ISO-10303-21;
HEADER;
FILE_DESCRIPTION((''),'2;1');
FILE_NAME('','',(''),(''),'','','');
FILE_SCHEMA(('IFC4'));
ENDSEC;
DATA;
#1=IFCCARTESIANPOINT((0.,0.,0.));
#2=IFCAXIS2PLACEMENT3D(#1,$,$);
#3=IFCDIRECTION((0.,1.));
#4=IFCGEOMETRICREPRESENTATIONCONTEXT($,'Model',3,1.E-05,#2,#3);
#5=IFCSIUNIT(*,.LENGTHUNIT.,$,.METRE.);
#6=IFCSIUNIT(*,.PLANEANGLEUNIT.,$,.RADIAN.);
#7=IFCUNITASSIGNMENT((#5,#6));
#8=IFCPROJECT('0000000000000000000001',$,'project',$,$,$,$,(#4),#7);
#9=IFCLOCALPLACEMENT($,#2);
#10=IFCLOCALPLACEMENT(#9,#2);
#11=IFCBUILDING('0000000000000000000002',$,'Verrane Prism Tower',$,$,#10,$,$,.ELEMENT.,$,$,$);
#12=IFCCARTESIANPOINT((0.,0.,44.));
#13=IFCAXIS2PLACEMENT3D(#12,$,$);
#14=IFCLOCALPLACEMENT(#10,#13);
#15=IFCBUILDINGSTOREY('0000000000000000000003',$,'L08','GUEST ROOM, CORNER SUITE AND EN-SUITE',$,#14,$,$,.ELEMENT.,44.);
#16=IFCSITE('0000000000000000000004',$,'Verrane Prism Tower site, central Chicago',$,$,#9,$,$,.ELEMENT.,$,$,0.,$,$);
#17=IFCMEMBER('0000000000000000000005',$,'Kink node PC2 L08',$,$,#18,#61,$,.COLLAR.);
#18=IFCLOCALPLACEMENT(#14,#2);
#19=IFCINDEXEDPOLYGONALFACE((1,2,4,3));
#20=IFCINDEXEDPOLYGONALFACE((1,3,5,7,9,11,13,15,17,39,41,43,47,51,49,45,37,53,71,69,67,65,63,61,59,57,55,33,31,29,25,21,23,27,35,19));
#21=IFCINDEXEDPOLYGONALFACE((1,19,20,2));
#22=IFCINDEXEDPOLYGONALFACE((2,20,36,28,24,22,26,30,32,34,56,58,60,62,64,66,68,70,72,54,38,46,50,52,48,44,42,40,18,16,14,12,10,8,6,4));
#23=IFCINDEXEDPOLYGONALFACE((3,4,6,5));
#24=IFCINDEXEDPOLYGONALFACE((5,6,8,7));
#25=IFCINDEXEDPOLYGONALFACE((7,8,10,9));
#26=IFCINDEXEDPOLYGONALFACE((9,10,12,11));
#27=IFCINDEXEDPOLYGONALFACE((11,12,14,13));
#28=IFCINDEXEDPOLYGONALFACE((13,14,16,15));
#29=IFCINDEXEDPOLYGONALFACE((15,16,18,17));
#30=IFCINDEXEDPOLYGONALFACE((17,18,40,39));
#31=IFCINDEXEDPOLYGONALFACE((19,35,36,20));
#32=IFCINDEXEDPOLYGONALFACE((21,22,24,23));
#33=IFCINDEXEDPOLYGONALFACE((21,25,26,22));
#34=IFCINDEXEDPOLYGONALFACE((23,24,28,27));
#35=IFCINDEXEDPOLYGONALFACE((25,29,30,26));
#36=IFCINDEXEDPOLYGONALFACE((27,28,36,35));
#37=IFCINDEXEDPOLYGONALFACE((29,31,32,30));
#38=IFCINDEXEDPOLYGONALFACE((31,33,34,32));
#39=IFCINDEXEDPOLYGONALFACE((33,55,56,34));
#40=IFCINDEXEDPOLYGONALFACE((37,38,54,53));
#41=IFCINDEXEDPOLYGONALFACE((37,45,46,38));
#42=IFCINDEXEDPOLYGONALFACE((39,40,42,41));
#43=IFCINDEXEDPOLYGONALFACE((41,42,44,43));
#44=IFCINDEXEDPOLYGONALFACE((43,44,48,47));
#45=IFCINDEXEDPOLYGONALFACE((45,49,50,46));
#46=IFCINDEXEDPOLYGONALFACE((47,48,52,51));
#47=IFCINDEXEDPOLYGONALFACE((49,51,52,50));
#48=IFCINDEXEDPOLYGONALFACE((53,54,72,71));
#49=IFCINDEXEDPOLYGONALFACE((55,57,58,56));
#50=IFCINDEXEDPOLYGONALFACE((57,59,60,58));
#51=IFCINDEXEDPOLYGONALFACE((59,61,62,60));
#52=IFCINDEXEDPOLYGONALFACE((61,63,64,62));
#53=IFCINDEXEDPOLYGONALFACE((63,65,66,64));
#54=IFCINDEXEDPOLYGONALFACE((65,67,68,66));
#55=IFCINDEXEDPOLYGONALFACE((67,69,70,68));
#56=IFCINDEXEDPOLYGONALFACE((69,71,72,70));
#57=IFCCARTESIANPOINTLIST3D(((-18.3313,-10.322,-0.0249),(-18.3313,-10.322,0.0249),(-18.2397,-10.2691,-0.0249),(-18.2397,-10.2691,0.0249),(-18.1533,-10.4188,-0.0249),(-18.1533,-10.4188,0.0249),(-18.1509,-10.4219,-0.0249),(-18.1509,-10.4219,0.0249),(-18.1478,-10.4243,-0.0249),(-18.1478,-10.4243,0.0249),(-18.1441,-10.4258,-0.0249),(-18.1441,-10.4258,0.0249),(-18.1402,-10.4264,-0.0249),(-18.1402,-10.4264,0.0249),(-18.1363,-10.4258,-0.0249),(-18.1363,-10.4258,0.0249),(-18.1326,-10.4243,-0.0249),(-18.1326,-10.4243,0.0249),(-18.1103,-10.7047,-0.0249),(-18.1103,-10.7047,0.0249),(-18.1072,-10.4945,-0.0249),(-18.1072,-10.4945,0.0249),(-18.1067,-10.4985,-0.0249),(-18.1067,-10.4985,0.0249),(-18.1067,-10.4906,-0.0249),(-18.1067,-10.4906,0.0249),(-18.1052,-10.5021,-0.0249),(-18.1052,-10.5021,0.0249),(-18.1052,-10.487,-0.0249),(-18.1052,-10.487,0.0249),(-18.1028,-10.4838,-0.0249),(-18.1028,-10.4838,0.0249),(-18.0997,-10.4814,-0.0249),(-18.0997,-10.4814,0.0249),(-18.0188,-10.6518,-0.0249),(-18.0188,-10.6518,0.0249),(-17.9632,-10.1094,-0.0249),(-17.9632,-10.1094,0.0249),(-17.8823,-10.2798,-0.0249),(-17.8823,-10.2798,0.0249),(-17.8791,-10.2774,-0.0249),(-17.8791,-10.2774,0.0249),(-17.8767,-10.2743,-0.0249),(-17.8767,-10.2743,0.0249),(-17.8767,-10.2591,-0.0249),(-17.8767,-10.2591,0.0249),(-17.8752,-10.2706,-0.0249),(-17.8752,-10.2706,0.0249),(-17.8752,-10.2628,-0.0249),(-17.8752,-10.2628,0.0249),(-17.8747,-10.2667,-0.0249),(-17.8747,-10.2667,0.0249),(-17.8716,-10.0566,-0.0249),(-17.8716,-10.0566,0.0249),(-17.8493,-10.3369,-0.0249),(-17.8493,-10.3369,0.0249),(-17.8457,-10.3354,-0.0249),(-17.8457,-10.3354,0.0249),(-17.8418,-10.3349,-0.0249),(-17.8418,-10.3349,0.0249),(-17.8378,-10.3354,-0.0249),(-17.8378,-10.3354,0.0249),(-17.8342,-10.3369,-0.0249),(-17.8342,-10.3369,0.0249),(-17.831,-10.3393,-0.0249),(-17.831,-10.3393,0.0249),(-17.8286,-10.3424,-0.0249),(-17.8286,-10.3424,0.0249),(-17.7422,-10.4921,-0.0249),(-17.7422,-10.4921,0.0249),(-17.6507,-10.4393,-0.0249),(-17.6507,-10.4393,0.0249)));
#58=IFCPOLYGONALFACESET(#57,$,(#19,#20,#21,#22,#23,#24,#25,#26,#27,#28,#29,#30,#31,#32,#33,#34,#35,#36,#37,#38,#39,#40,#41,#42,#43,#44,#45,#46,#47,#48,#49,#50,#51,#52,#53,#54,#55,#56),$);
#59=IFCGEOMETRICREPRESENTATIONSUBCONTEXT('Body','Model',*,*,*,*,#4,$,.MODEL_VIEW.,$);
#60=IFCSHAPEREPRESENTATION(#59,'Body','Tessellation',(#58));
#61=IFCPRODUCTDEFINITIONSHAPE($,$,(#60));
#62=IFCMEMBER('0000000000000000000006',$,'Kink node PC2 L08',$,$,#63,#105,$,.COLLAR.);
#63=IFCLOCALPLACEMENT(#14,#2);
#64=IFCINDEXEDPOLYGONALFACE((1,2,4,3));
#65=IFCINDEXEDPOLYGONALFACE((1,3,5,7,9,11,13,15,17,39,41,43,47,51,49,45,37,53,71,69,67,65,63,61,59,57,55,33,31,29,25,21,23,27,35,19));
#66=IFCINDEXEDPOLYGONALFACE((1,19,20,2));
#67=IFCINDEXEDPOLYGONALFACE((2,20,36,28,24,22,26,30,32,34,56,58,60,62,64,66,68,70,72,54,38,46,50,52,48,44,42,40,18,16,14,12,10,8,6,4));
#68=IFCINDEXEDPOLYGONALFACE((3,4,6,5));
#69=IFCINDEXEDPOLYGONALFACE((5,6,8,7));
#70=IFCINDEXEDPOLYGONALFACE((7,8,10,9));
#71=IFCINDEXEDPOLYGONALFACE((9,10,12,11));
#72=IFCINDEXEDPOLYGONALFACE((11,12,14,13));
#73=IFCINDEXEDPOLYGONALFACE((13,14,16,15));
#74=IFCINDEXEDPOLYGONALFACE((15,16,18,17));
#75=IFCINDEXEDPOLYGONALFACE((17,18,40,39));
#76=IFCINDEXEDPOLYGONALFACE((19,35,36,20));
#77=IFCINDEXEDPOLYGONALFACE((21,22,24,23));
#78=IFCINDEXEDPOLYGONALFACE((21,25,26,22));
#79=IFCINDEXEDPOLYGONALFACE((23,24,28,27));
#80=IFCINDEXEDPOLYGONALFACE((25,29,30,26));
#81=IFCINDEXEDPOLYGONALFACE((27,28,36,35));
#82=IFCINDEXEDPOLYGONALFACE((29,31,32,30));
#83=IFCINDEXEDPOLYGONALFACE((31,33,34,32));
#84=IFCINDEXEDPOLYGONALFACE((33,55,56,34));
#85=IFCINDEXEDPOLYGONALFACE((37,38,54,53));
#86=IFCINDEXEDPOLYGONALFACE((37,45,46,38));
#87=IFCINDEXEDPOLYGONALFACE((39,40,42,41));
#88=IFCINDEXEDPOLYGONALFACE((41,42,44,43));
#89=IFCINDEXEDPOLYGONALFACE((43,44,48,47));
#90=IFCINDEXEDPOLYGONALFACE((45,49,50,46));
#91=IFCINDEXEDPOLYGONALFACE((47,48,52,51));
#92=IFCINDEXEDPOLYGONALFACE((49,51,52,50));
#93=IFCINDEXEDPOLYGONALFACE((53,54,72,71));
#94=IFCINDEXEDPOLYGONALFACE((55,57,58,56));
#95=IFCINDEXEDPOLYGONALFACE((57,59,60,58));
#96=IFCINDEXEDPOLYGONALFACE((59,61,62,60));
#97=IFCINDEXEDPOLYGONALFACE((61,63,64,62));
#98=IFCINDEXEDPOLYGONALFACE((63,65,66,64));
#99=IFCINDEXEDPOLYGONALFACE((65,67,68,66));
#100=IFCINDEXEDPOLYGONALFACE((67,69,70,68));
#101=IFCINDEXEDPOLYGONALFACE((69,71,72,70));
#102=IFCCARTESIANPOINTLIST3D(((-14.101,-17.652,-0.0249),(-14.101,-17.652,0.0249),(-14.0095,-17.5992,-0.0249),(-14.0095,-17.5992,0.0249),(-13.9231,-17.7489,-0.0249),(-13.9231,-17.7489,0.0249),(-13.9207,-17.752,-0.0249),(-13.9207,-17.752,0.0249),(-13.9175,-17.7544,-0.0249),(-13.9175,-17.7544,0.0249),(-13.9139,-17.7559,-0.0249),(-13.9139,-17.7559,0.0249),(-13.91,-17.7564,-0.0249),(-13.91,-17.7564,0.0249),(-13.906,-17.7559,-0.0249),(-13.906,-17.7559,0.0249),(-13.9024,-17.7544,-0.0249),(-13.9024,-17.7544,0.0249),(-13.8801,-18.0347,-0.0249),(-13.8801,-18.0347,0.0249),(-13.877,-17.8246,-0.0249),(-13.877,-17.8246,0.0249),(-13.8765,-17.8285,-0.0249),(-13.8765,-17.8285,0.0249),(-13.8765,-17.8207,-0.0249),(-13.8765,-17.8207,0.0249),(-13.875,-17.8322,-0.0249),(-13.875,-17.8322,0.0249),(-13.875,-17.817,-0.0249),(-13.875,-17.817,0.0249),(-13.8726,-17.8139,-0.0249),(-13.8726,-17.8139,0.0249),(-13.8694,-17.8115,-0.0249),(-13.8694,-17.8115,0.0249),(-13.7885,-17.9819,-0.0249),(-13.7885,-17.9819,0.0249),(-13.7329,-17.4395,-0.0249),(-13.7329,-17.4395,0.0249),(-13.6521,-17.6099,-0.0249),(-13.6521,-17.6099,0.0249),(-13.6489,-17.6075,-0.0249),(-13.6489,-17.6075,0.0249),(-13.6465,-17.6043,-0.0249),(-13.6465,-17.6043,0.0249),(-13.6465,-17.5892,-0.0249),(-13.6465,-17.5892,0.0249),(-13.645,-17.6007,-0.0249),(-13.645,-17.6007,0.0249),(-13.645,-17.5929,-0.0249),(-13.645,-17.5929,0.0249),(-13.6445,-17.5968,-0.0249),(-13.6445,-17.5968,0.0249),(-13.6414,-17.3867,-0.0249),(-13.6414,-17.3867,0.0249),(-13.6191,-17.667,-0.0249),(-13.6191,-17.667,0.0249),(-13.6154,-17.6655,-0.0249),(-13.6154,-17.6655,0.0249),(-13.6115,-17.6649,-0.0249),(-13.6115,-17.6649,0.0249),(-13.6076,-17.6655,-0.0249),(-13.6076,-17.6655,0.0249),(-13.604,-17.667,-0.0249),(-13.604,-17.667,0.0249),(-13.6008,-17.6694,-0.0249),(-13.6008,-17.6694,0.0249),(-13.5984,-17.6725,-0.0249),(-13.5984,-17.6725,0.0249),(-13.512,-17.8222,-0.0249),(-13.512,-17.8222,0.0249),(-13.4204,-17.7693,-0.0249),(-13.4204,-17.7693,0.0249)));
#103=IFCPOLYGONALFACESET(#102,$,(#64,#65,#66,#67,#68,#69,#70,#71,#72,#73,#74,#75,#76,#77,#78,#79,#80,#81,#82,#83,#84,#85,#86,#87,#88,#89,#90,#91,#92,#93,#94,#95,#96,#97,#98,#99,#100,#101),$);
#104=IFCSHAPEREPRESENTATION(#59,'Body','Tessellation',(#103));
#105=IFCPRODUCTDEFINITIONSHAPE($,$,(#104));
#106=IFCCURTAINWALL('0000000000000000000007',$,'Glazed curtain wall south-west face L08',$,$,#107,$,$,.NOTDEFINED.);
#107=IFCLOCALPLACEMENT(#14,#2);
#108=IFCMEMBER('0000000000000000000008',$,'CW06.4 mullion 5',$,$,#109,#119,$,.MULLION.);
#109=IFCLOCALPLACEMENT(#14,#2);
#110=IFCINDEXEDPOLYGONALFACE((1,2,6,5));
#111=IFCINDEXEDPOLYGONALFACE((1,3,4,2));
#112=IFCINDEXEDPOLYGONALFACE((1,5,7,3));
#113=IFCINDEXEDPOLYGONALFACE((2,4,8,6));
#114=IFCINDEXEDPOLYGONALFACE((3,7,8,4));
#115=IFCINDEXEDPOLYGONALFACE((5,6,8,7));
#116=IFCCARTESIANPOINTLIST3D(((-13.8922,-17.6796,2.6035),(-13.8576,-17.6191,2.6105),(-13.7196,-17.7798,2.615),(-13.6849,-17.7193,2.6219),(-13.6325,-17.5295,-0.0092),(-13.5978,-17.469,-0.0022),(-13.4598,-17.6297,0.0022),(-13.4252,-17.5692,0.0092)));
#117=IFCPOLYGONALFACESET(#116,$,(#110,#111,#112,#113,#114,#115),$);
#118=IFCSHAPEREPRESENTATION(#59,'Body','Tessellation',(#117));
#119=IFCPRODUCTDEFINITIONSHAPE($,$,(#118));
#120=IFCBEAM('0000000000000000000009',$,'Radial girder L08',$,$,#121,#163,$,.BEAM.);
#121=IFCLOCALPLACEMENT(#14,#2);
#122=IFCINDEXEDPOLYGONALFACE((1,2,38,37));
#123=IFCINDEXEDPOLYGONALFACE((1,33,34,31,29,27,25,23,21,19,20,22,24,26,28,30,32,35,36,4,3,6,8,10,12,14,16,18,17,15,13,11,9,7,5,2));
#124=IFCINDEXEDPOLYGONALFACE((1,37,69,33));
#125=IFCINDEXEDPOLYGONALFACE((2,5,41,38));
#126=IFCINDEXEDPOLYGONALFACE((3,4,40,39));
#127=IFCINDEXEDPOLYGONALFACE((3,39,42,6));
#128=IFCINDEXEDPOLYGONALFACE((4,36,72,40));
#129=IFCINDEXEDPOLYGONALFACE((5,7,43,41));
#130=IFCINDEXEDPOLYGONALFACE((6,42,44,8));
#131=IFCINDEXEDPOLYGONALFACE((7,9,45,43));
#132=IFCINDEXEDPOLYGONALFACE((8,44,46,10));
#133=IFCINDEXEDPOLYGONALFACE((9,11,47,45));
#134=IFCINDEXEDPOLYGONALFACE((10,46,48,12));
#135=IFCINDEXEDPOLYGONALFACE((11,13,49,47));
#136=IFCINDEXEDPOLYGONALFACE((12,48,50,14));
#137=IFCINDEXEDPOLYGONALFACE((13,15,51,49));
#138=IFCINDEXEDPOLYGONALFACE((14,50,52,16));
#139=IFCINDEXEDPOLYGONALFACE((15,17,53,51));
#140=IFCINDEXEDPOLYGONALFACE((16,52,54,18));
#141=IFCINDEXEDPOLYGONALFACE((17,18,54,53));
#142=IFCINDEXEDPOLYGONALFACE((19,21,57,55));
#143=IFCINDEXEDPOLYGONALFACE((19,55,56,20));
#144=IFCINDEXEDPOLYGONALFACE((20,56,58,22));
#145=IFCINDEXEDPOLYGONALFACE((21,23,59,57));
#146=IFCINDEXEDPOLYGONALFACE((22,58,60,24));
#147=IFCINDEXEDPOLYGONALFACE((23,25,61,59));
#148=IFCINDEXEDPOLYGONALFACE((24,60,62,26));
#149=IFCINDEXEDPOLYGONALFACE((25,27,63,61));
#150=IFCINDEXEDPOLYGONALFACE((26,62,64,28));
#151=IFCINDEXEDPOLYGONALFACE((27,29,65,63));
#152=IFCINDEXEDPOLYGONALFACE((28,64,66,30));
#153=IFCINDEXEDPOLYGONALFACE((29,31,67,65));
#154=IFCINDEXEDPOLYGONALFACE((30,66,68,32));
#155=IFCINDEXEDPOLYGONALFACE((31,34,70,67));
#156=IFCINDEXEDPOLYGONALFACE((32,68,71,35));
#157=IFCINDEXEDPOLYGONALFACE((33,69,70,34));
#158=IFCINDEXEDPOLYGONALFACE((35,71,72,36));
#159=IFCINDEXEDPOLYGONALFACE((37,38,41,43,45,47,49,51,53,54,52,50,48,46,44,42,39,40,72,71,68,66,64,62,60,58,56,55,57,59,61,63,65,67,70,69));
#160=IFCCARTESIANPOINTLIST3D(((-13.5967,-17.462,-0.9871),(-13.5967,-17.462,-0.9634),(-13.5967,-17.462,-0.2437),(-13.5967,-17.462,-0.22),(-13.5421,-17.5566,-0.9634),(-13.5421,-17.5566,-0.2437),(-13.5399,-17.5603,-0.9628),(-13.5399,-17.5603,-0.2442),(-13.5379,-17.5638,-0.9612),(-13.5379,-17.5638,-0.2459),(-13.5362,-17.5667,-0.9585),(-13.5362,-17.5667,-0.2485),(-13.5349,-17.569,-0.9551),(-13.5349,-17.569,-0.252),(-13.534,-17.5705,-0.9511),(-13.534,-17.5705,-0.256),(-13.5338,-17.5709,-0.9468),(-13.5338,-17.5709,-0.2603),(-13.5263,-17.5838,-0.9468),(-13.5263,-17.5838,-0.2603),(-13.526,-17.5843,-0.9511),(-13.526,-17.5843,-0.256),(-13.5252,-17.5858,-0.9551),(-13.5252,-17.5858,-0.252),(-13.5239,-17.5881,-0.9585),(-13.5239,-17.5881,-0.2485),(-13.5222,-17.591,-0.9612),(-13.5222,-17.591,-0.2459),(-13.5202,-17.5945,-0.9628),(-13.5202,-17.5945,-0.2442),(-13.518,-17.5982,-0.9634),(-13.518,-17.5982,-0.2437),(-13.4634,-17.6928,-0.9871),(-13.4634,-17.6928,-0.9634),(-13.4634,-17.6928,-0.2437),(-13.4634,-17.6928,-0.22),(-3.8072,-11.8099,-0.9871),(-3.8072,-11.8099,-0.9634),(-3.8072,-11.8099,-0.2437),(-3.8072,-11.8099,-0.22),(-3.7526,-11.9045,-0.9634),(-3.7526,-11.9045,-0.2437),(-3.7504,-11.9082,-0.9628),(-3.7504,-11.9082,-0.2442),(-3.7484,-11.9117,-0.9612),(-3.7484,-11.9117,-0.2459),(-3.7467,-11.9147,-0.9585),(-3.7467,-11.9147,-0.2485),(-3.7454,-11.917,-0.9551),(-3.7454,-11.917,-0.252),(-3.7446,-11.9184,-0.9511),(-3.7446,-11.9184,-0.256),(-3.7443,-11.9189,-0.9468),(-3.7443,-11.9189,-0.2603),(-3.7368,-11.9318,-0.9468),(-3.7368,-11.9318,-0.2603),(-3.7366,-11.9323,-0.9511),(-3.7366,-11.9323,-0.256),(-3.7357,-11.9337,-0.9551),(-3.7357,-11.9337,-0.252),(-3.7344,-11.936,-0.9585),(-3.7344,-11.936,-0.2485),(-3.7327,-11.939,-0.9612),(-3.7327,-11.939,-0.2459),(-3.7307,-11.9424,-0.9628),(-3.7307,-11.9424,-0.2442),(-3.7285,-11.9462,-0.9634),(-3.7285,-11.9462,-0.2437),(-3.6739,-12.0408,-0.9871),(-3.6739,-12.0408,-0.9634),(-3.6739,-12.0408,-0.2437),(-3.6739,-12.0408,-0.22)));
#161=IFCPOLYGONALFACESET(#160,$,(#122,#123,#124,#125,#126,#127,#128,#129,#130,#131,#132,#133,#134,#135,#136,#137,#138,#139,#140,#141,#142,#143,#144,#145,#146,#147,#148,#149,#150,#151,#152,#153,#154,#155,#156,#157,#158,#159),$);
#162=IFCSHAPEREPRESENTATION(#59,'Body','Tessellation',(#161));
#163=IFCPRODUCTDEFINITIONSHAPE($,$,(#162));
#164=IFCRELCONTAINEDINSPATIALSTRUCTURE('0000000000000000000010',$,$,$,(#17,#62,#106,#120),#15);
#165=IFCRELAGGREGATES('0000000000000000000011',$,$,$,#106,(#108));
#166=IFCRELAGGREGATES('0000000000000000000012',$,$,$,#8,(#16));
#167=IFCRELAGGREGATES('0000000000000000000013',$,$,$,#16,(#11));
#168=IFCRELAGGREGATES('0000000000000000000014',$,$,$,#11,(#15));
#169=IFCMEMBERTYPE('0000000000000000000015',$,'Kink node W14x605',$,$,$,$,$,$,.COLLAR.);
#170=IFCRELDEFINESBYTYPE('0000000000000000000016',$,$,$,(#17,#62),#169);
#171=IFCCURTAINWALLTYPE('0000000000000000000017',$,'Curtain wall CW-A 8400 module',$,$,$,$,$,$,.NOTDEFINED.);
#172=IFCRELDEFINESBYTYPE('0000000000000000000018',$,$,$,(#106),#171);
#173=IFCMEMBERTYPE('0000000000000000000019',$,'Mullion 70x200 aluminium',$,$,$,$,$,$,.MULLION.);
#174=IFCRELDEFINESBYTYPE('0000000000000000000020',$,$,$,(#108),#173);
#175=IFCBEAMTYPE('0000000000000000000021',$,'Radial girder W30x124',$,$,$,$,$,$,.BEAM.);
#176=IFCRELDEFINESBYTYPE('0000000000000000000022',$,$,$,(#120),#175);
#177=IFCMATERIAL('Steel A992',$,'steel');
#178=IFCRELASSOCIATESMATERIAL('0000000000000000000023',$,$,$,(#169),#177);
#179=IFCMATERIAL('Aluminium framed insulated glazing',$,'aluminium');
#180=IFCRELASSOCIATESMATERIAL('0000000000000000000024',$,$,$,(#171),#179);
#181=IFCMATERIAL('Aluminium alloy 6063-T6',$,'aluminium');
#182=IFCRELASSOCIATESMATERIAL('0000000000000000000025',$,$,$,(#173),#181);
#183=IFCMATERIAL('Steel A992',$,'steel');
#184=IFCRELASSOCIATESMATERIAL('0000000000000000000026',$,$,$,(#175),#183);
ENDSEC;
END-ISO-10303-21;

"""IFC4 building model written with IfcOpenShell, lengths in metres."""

from ifc_helpers import new_model, si_unit, direction, frame, origin, origin_2d, place, context, subcontext, project, spatial, rectangle, i_section, extrude, material, material_profile, profile_set, type_object, element, aggregate, save


model = new_model("IFC4")

# Units and contexts
model_context = context("Model", 3, precision=1e-05, world=origin(), true_north=direction((0.0, 1.0)))
body_context = subcontext(model_context, "Body", "Model", "MODEL_VIEW")
ifc_project = project(units=[si_unit("LENGTHUNIT", "METRE"), si_unit("PLANEANGLEUNIT", "RADIAN")], contexts=[model_context])

# Site, building, storey
site_placement = place(None, origin())
site = spatial("IfcSite", under=ifc_project, at=site_placement, Name="Verrane Prism Tower site, central Chicago", CompositionType="ELEMENT", RefElevation=0.0)
building_placement = place(site_placement, origin())
building = spatial("IfcBuilding", under=site, at=building_placement, Name="Verrane Prism Tower", CompositionType="ELEMENT")
storey_placement = place(building_placement, frame((0.0, 0.0, 44.0)))
storey = spatial("IfcBuildingStorey", under=building, at=storey_placement, Name="L08", Description="GUEST ROOM, CORNER SUITE AND EN-SUITE", CompositionType="ELEMENT", Elevation=44.0)

# Members
ifc_material_1 = material(Name="Steel A992", Category="steel")
ifc_material_profile_1 = material_profile(ifc_material_1, i_section(OverallWidth=0.4419, OverallDepth=0.5308, WebThickness=0.0659, FlangeThickness=0.1057, FilletRadius=0.0151, at=origin_2d()), Name="W14x605")
ifc_profile_set_1 = profile_set([ifc_material_profile_1], Name="Steel A992")
member_type_1 = type_object("IfcMemberType", Name="Kink node W14x605", PredefinedType="COLLAR", material=ifc_profile_set_1)
for number, where, z_axis, x_axis, name in (
    (1, (-17.991, -10.3806, -0.0249), (0.0, 0.0, 1.0), (-0.5, 0.866025, 0.0), "Kink node PC2 L08"),
    (2, (-13.7607, -17.7107, -0.0249), (0.0, 0.0, 1.0), (-0.5, 0.866025, 0.0), "Kink node PC2 L08"),
):
    element("IfcMember", number, at=place(storey_placement, frame(where, z_axis=z_axis, x_axis=x_axis)), inside=storey, type_object=member_type_1, Name=name, PredefinedType="COLLAR", context=body_context, shape_type="SweptSolid", body=[
        extrude(i_section(OverallWidth=0.4419, OverallDepth=0.5308, WebThickness=0.0659, FlangeThickness=0.1057, FilletRadius=0.0151, at=origin_2d()), origin(), (0.0, 0.0, 1.0), 0.0498),
    ])

# Curtain wall, member
ifc_material_2 = material(Name="Aluminium framed insulated glazing", Category="aluminium")
curtain_wall_type = type_object("IfcCurtainWallType", Name="Curtain wall CW-A 8400 module", PredefinedType="NOTDEFINED", material=ifc_material_2)
curtain_wall_placement = place(storey_placement, origin())
curtain_wall = element("IfcCurtainWall", 3, at=curtain_wall_placement, inside=storey, type_object=curtain_wall_type, Name="Glazed curtain wall south-west face L08", PredefinedType="NOTDEFINED")
ifc_material_3 = material(Name="Aluminium alloy 6063-T6", Category="aluminium")
ifc_material_profile_2 = material_profile(ifc_material_3, rectangle(XDim=0.2, YDim=0.0701, at=origin_2d()), Name="Mullion 70x200 aluminium")
ifc_profile_set_2 = profile_set([ifc_material_profile_2], Name="Aluminium alloy 6063-T6")
member_type_2 = type_object("IfcMemberType", Name="Mullion 70x200 aluminium", PredefinedType="MULLION", material=ifc_profile_set_2)
member_1_placement = place(storey_placement, frame((-13.5288, -17.5493, 0.0), z_axis=(-0.098772, -0.057091, 0.993471), x_axis=(0.863446, -0.501206, 0.057042)))
member_1 = element("IfcMember", 4, at=member_1_placement, type_object=member_type_2, Name="CW06.4 mullion 5", PredefinedType="MULLION", context=body_context, shape_type="SweptSolid", body=[
    extrude(rectangle(XDim=0.2, YDim=0.0701, at=origin_2d()), origin(), (0.0, 0.0, 1.0), 2.6299),
])

# Beam
ifc_material_4 = material(Name="Steel A992", Category="steel")
ifc_material_profile_3 = material_profile(ifc_material_4, i_section(OverallWidth=0.2666, OverallDepth=0.7671, WebThickness=0.0149, FlangeThickness=0.0237, FilletRadius=0.0166, at=origin_2d()), Name="W30x124")
ifc_profile_set_3 = profile_set([ifc_material_profile_3], Name="Steel A992")
beam_type_1 = type_object("IfcBeamType", Name="Radial girder W30x124", PredefinedType="BEAM", material=ifc_profile_set_3)
beam_1_placement = place(storey_placement, frame((-13.53, -17.5774, -0.6035), z_axis=(0.866022, 0.500007, 0.0), x_axis=(-0.500007, 0.866022, 0.0)))
element("IfcBeam", 5, at=beam_1_placement, inside=storey, type_object=beam_type_1, Name="Radial girder L08", PredefinedType="BEAM", context=body_context, shape_type="SweptSolid", body=[
    extrude(i_section(OverallWidth=0.2666, OverallDepth=0.7671, WebThickness=0.0149, FlangeThickness=0.0237, FilletRadius=0.0166, at=origin_2d()), origin(), (0.0, 0.0, 1.0), 11.304),
])

aggregate(curtain_wall, [member_1])

save(model, "model.ifc")
